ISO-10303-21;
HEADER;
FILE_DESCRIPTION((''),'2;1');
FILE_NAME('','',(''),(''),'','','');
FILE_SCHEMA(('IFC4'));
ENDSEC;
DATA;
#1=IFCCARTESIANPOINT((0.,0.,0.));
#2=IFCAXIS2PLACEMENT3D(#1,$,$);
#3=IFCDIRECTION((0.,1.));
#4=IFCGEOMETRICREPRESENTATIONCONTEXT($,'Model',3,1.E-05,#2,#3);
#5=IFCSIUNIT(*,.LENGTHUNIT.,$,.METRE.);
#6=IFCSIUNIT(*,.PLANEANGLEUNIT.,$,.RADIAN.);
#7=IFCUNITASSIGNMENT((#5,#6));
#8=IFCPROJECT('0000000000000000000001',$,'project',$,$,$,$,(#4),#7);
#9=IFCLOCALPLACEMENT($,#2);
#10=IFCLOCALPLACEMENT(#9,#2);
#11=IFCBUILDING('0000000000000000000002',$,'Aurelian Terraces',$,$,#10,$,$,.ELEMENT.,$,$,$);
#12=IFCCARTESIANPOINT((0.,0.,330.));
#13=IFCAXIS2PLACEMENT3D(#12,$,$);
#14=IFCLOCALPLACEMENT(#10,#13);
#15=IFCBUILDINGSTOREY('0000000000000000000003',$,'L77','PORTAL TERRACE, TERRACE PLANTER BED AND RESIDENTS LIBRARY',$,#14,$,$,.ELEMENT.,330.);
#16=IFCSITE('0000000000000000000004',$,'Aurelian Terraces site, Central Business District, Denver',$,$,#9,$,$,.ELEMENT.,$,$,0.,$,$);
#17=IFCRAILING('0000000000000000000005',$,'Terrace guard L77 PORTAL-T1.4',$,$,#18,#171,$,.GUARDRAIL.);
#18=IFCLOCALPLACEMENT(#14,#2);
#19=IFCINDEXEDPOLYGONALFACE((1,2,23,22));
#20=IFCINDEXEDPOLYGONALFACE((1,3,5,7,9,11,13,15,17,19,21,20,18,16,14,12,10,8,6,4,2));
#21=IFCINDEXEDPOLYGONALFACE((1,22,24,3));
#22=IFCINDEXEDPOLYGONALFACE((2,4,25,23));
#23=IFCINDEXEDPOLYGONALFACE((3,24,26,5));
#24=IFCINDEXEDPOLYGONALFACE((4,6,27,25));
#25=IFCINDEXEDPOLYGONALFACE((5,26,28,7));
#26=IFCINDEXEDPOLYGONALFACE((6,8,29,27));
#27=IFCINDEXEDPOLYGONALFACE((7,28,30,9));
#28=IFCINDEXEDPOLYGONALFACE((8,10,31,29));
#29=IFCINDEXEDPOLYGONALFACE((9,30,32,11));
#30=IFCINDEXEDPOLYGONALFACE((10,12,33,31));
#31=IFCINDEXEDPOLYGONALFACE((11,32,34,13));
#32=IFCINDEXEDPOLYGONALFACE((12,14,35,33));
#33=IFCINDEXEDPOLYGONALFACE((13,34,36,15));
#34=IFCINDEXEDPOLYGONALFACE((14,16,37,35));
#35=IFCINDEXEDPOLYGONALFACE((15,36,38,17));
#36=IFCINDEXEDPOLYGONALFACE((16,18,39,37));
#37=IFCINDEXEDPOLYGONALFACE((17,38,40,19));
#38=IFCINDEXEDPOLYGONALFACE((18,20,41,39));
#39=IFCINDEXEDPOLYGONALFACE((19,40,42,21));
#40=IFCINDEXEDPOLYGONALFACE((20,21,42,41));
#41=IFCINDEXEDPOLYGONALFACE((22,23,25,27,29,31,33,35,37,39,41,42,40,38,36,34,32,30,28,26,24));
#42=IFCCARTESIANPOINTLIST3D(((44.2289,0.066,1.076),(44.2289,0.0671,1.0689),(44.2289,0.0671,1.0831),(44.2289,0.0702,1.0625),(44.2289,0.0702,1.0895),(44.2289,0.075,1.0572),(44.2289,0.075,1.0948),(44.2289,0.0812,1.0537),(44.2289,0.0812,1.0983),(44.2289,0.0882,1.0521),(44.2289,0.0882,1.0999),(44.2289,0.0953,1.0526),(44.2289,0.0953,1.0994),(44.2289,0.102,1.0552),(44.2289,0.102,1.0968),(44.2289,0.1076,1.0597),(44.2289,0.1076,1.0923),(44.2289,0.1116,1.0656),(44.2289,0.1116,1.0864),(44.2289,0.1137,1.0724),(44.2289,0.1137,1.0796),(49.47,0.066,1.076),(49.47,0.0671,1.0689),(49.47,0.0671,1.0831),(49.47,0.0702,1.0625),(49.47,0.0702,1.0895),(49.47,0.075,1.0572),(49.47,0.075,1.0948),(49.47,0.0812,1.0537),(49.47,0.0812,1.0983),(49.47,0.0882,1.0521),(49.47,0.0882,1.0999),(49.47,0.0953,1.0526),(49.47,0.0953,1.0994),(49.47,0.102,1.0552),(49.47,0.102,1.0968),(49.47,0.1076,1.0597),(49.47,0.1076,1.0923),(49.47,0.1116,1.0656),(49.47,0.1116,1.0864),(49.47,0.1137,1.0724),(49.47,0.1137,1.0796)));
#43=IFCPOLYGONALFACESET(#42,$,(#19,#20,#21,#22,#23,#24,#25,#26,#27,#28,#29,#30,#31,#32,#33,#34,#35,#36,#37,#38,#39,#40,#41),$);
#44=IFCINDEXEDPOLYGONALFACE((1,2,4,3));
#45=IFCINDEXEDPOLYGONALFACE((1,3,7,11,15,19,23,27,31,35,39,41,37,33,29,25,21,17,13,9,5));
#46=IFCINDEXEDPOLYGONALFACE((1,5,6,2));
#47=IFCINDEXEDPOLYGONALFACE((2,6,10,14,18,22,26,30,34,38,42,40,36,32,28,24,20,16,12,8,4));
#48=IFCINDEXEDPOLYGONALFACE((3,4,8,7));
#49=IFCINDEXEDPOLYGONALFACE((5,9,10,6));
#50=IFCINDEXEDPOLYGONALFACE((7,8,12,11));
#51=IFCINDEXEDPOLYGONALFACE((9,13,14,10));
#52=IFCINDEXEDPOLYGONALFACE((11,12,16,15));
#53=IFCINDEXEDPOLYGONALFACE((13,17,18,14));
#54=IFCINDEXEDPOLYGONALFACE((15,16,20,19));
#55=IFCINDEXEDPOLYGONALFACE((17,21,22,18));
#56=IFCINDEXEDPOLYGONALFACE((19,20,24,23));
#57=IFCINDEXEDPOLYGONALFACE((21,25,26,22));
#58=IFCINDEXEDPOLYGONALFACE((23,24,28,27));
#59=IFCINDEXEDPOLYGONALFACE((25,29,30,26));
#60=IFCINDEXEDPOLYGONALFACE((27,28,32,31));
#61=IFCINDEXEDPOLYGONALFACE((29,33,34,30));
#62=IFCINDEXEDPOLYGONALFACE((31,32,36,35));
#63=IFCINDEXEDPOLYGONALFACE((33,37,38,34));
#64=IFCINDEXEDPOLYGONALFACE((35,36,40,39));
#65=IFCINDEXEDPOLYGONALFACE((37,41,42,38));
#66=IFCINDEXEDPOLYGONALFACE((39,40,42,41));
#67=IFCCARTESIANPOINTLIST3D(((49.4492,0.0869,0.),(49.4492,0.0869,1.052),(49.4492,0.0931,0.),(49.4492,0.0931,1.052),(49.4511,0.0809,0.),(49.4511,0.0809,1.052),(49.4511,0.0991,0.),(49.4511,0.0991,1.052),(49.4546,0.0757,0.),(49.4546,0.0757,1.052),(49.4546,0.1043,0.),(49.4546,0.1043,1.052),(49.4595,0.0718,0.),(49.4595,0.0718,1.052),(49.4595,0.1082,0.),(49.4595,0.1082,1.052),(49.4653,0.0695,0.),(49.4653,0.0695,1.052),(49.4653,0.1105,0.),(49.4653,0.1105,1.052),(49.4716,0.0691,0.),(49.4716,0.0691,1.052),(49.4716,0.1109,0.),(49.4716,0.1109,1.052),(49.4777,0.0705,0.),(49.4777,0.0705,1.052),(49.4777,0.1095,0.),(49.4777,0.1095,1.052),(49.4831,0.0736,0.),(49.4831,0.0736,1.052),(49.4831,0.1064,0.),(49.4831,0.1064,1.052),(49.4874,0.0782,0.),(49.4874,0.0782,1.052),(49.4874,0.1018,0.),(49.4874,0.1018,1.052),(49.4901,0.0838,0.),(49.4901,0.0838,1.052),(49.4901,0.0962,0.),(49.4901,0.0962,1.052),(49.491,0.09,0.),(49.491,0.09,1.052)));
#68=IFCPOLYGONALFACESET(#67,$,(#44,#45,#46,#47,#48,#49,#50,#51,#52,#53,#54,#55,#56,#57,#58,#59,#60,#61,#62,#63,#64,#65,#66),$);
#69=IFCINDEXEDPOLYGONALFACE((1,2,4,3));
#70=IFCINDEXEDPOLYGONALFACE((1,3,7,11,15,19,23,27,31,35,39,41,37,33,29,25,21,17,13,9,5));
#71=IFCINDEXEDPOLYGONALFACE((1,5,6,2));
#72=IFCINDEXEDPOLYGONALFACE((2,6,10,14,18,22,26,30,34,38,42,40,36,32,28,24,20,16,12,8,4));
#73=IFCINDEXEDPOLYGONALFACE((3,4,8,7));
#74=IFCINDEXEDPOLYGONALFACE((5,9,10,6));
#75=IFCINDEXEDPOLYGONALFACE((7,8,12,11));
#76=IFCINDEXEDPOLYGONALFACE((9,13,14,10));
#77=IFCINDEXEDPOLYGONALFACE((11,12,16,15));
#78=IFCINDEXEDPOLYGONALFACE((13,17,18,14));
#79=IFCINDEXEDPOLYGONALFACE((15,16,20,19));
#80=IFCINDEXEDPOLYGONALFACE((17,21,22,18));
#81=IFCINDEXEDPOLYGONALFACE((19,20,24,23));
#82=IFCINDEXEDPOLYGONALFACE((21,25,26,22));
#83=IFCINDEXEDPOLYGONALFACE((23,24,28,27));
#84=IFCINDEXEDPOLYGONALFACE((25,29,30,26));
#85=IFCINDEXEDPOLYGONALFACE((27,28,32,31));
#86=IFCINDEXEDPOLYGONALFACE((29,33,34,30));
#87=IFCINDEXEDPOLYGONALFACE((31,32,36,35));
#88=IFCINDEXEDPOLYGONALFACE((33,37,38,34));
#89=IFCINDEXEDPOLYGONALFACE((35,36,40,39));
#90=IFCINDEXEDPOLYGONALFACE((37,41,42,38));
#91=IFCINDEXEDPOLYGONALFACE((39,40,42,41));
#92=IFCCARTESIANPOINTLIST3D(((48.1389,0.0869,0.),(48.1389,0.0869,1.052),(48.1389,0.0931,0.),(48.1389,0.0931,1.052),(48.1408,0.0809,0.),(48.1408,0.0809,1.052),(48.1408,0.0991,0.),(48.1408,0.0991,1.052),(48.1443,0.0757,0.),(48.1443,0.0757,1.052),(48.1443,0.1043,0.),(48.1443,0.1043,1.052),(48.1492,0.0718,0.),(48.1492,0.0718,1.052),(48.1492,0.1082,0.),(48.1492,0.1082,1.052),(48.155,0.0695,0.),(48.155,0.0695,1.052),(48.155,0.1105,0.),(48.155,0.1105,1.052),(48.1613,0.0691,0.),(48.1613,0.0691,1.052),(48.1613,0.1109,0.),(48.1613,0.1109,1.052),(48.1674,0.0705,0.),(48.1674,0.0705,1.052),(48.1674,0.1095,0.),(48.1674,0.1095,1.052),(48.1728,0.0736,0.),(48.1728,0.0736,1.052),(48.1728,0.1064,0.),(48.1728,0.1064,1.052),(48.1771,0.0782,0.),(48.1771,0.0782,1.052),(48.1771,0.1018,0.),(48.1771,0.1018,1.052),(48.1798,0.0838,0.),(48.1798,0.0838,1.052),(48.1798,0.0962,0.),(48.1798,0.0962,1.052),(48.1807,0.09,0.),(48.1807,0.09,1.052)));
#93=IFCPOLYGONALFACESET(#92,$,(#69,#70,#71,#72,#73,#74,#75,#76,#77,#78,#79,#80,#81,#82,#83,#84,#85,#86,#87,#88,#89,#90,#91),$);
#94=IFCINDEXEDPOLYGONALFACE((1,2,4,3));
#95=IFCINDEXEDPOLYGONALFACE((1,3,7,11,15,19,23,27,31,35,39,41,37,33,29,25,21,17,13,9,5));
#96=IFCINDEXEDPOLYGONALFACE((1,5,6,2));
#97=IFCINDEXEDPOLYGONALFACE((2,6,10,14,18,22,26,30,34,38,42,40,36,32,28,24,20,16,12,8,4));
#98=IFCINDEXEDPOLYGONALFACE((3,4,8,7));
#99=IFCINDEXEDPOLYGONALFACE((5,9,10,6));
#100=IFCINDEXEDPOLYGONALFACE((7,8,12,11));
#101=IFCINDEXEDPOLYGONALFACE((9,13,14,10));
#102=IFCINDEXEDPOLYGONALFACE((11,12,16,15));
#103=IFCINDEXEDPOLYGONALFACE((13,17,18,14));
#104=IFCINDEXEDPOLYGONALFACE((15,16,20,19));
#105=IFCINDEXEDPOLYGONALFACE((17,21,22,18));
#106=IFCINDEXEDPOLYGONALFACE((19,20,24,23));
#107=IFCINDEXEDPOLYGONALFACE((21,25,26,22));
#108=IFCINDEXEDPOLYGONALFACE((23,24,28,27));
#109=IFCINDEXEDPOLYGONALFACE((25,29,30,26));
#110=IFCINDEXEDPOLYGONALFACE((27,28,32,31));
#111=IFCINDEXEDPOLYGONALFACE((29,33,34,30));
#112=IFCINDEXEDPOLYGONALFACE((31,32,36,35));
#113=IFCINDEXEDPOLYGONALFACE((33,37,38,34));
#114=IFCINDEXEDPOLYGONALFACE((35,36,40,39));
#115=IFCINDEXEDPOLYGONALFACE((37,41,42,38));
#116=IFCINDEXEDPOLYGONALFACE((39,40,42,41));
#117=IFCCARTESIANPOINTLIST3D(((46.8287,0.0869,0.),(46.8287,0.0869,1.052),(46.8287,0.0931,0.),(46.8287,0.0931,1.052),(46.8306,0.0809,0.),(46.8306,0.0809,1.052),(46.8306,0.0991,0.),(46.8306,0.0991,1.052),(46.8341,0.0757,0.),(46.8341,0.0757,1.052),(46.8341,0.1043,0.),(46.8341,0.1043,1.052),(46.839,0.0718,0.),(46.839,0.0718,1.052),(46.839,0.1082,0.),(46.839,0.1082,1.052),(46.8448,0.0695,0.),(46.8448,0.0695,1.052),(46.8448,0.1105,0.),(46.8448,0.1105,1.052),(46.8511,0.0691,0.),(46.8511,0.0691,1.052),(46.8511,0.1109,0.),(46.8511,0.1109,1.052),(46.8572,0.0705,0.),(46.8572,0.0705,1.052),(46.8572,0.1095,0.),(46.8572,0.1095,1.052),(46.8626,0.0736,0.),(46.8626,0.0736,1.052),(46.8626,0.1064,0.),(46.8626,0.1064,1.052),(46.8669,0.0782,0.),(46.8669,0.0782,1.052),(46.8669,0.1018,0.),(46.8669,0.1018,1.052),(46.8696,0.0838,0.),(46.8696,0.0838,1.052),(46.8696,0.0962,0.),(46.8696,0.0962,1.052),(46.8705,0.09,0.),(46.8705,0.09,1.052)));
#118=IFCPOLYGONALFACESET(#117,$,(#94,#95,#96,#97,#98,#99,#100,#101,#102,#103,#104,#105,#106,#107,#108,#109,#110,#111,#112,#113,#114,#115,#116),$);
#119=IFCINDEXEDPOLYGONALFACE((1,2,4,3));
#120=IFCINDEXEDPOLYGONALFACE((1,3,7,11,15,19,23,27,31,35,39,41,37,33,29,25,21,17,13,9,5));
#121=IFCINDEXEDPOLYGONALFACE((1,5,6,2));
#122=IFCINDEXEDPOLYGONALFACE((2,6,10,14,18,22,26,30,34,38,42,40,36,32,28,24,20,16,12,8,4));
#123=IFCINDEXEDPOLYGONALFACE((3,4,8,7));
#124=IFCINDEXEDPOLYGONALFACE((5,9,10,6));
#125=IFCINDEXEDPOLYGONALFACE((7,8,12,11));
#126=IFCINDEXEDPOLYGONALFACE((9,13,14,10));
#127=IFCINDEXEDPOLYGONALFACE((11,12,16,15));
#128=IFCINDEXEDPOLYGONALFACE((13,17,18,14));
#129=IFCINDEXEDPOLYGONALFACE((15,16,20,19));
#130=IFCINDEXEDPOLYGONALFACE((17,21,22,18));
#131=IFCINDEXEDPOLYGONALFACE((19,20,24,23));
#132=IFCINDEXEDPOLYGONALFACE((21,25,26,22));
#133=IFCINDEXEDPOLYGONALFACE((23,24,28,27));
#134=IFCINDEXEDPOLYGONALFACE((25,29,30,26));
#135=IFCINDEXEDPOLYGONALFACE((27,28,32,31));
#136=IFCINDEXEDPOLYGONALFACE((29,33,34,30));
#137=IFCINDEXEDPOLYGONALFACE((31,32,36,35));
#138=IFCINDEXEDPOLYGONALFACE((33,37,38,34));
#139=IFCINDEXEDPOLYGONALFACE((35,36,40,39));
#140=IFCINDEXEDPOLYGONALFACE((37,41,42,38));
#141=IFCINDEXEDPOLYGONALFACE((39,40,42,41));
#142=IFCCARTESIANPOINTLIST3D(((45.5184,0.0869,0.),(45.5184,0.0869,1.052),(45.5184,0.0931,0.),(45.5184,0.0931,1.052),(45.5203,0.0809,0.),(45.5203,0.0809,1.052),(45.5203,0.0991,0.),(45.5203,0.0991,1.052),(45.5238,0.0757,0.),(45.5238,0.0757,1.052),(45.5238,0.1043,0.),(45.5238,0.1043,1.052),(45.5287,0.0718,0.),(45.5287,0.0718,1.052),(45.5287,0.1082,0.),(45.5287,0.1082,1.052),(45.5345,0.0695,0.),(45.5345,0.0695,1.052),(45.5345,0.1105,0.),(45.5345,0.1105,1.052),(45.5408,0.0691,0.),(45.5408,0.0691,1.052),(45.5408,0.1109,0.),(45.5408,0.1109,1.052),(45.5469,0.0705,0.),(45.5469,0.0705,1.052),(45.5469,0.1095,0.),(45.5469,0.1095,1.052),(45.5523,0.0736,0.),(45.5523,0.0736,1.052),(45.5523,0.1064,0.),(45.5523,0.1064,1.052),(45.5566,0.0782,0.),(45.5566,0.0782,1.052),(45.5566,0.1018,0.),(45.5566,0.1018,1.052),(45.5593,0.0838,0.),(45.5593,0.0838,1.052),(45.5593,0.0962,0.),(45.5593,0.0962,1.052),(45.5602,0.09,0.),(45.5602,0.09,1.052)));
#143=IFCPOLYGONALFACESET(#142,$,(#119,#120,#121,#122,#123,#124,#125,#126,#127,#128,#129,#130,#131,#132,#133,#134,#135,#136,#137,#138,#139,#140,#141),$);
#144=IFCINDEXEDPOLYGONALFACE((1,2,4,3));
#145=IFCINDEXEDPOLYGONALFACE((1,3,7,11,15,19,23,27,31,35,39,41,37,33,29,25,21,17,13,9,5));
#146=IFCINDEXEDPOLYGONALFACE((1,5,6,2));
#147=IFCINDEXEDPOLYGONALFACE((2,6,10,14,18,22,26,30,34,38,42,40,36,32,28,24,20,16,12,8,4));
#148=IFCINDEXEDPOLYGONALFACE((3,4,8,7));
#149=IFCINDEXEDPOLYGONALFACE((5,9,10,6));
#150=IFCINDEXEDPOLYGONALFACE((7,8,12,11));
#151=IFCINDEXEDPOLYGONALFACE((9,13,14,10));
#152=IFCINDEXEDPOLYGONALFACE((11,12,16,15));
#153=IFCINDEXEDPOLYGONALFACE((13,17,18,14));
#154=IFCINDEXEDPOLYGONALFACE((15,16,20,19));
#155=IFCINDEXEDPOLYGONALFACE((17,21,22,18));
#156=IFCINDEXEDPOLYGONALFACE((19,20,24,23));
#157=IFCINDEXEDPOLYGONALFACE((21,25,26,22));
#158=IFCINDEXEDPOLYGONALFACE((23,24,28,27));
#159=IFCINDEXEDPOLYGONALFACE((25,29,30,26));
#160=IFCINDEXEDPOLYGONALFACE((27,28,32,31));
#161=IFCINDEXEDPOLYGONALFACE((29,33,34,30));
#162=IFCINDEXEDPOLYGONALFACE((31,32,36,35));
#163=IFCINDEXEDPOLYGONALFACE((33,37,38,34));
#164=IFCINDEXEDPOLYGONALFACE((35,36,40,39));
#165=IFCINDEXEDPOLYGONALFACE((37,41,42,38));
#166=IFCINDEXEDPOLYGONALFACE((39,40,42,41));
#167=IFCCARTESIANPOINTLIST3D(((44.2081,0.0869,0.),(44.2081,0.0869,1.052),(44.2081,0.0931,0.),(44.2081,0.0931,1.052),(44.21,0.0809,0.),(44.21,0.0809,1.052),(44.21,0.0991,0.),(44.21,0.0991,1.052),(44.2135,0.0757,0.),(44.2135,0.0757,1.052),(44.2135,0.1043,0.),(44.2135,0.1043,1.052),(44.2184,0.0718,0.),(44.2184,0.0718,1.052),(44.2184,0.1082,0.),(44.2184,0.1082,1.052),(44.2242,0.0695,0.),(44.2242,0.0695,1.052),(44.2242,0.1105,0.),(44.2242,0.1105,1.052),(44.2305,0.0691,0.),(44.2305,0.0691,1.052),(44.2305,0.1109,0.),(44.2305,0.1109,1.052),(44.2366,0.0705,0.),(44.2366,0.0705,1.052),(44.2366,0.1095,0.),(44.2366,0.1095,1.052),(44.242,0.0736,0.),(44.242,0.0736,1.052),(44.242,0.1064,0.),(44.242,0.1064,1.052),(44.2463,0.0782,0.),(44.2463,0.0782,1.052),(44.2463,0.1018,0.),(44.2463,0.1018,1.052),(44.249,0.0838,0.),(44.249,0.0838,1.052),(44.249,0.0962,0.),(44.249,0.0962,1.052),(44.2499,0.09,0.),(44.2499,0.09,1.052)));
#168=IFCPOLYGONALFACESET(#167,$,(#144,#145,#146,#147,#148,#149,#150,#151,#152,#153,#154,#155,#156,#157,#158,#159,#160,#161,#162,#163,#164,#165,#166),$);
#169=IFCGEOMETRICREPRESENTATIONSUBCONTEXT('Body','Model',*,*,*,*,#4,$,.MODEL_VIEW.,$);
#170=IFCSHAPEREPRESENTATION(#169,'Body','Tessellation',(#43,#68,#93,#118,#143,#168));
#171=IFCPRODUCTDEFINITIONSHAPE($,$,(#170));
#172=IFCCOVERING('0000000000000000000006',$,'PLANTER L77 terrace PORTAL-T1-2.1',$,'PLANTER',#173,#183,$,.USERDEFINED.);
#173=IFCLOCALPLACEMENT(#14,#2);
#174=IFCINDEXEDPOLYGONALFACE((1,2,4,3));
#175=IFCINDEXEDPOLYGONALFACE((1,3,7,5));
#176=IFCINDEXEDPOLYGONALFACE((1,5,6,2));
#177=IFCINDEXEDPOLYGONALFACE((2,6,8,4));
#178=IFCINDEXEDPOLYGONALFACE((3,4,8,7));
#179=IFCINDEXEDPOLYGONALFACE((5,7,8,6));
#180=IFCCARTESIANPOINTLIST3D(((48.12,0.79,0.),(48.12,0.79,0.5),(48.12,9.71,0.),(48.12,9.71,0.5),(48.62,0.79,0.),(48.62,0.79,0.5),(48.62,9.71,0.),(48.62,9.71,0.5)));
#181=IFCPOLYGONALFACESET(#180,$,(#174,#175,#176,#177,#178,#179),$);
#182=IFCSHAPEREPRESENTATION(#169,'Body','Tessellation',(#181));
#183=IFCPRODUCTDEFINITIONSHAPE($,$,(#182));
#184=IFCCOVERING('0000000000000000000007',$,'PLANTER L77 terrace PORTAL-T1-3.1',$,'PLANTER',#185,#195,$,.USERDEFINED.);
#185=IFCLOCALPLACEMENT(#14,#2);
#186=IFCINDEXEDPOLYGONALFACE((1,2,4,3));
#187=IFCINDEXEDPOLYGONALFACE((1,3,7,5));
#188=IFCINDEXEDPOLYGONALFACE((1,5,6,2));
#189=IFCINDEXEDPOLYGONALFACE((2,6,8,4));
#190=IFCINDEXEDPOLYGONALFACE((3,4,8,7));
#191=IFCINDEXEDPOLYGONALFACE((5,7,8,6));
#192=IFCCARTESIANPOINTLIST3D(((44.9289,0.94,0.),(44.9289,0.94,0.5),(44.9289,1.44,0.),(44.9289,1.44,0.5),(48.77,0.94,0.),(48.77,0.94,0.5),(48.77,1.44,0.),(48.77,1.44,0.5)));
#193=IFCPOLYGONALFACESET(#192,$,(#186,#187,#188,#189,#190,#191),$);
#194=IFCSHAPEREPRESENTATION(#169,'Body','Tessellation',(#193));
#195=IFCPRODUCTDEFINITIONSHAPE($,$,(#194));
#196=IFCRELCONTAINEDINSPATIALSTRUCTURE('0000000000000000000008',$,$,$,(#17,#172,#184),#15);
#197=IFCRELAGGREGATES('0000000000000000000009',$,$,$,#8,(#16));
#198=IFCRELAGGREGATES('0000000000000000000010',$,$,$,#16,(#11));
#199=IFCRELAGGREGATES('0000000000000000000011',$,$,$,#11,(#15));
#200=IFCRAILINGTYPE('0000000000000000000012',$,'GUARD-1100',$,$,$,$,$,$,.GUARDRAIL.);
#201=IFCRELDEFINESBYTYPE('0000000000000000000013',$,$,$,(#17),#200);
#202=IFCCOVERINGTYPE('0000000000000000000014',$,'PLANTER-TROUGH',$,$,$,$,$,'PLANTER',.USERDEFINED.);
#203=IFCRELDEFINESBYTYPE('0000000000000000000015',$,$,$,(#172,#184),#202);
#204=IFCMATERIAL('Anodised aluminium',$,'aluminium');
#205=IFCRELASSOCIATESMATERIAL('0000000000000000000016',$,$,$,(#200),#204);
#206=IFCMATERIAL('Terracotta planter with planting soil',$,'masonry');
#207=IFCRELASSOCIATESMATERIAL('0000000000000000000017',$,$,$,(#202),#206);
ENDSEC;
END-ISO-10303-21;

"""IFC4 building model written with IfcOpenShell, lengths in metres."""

from ifc_helpers import new_model, si_unit, direction, frame, origin, origin_2d, place, context, subcontext, project, spatial, rectangle, circle, extrude, material, type_object, element, save


model = new_model("IFC4")

# Units and contexts
model_context = context("Model", 3, precision=1e-05, world=origin(), true_north=direction((0.0, 1.0)))
body_context = subcontext(model_context, "Body", "Model", "MODEL_VIEW")
ifc_project = project(units=[si_unit("LENGTHUNIT", "METRE"), si_unit("PLANEANGLEUNIT", "RADIAN")], contexts=[model_context])

# Site, building, storey
site_placement = place(None, origin())
site = spatial("IfcSite", under=ifc_project, at=site_placement, Name="Aurelian Terraces site, Central Business District, Denver", CompositionType="ELEMENT", RefElevation=0.0)
building_placement = place(site_placement, origin())
building = spatial("IfcBuilding", under=site, at=building_placement, Name="Aurelian Terraces", CompositionType="ELEMENT")
storey_placement = place(building_placement, frame((0.0, 0.0, 330.0)))
storey = spatial("IfcBuildingStorey", under=building, at=storey_placement, Name="L77", Description="PORTAL TERRACE, TERRACE PLANTER BED AND RESIDENTS LIBRARY", CompositionType="ELEMENT", Elevation=330.0)

# Railing
ifc_material_1 = material(Name="Anodised aluminium", Category="aluminium")
railing_type_1 = type_object("IfcRailingType", Name="GUARD-1100", PredefinedType="GUARDRAIL", material=ifc_material_1)
railing_1_placement = place(storey_placement, frame((49.47, 0.09, 0.0)))
element("IfcRailing", 1, at=railing_1_placement, inside=storey, type_object=railing_type_1, Name="Terrace guard L77 PORTAL-T1.4", PredefinedType="GUARDRAIL", context=body_context, shape_type="SweptSolid", body=[
    extrude(circle(Radius=0.024, at=origin_2d()), frame((0.0, 0.0, 1.076), z_axis=(-1.0, 0.0, 0.0), x_axis=(0.0, -1.0, 0.0)), (0.0, 0.0, 1.0), 5.2411),
    extrude(circle(Radius=0.021, at=origin_2d()), origin(), (0.0, 0.0, 1.0), 1.052),
    extrude(circle(Radius=0.021, at=origin_2d()), frame((-1.3103, 0.0, 0.0)), (0.0, 0.0, 1.0), 1.052),
    extrude(circle(Radius=0.021, at=origin_2d()), frame((-2.6205, 0.0, 0.0)), (0.0, 0.0, 1.0), 1.052),
    extrude(circle(Radius=0.021, at=origin_2d()), frame((-3.9308, 0.0, 0.0)), (0.0, 0.0, 1.0), 1.052),
    extrude(circle(Radius=0.021, at=origin_2d()), frame((-5.2411, 0.0, 0.0)), (0.0, 0.0, 1.0), 1.052),
])

# Coverings
ifc_material_2 = material(Name="Terracotta planter with planting soil", Category="masonry")
covering_type = type_object("IfcCoveringType", Name="PLANTER-TROUGH", ElementType="PLANTER", PredefinedType="USERDEFINED", material=ifc_material_2)
covering_1_placement = place(storey_placement, frame((48.37, 5.25, 0.0), z_axis=(0.0, 0.0, 1.0), x_axis=(1.0, 0.0, 0.0)))
element("IfcCovering", 2, at=covering_1_placement, inside=storey, type_object=covering_type, Name="PLANTER L77 terrace PORTAL-T1-2.1", ObjectType="PLANTER", PredefinedType="USERDEFINED", context=body_context, shape_type="SweptSolid", body=[
    extrude(rectangle(XDim=0.5, YDim=8.92, at=origin_2d()), origin(), (0.0, 0.0, 1.0), 0.5),
])
covering_2_placement = place(storey_placement, frame((46.8494, 1.19, 0.0), z_axis=(0.0, 0.0, 1.0), x_axis=(1.0, 0.0, 0.0)))
element("IfcCovering", 3, at=covering_2_placement, inside=storey, type_object=covering_type, Name="PLANTER L77 terrace PORTAL-T1-3.1", ObjectType="PLANTER", PredefinedType="USERDEFINED", context=body_context, shape_type="SweptSolid", body=[
    extrude(rectangle(XDim=3.8411, YDim=0.5, at=origin_2d()), origin(), (0.0, 0.0, 1.0), 0.5),
])

save(model, "model.ifc")
